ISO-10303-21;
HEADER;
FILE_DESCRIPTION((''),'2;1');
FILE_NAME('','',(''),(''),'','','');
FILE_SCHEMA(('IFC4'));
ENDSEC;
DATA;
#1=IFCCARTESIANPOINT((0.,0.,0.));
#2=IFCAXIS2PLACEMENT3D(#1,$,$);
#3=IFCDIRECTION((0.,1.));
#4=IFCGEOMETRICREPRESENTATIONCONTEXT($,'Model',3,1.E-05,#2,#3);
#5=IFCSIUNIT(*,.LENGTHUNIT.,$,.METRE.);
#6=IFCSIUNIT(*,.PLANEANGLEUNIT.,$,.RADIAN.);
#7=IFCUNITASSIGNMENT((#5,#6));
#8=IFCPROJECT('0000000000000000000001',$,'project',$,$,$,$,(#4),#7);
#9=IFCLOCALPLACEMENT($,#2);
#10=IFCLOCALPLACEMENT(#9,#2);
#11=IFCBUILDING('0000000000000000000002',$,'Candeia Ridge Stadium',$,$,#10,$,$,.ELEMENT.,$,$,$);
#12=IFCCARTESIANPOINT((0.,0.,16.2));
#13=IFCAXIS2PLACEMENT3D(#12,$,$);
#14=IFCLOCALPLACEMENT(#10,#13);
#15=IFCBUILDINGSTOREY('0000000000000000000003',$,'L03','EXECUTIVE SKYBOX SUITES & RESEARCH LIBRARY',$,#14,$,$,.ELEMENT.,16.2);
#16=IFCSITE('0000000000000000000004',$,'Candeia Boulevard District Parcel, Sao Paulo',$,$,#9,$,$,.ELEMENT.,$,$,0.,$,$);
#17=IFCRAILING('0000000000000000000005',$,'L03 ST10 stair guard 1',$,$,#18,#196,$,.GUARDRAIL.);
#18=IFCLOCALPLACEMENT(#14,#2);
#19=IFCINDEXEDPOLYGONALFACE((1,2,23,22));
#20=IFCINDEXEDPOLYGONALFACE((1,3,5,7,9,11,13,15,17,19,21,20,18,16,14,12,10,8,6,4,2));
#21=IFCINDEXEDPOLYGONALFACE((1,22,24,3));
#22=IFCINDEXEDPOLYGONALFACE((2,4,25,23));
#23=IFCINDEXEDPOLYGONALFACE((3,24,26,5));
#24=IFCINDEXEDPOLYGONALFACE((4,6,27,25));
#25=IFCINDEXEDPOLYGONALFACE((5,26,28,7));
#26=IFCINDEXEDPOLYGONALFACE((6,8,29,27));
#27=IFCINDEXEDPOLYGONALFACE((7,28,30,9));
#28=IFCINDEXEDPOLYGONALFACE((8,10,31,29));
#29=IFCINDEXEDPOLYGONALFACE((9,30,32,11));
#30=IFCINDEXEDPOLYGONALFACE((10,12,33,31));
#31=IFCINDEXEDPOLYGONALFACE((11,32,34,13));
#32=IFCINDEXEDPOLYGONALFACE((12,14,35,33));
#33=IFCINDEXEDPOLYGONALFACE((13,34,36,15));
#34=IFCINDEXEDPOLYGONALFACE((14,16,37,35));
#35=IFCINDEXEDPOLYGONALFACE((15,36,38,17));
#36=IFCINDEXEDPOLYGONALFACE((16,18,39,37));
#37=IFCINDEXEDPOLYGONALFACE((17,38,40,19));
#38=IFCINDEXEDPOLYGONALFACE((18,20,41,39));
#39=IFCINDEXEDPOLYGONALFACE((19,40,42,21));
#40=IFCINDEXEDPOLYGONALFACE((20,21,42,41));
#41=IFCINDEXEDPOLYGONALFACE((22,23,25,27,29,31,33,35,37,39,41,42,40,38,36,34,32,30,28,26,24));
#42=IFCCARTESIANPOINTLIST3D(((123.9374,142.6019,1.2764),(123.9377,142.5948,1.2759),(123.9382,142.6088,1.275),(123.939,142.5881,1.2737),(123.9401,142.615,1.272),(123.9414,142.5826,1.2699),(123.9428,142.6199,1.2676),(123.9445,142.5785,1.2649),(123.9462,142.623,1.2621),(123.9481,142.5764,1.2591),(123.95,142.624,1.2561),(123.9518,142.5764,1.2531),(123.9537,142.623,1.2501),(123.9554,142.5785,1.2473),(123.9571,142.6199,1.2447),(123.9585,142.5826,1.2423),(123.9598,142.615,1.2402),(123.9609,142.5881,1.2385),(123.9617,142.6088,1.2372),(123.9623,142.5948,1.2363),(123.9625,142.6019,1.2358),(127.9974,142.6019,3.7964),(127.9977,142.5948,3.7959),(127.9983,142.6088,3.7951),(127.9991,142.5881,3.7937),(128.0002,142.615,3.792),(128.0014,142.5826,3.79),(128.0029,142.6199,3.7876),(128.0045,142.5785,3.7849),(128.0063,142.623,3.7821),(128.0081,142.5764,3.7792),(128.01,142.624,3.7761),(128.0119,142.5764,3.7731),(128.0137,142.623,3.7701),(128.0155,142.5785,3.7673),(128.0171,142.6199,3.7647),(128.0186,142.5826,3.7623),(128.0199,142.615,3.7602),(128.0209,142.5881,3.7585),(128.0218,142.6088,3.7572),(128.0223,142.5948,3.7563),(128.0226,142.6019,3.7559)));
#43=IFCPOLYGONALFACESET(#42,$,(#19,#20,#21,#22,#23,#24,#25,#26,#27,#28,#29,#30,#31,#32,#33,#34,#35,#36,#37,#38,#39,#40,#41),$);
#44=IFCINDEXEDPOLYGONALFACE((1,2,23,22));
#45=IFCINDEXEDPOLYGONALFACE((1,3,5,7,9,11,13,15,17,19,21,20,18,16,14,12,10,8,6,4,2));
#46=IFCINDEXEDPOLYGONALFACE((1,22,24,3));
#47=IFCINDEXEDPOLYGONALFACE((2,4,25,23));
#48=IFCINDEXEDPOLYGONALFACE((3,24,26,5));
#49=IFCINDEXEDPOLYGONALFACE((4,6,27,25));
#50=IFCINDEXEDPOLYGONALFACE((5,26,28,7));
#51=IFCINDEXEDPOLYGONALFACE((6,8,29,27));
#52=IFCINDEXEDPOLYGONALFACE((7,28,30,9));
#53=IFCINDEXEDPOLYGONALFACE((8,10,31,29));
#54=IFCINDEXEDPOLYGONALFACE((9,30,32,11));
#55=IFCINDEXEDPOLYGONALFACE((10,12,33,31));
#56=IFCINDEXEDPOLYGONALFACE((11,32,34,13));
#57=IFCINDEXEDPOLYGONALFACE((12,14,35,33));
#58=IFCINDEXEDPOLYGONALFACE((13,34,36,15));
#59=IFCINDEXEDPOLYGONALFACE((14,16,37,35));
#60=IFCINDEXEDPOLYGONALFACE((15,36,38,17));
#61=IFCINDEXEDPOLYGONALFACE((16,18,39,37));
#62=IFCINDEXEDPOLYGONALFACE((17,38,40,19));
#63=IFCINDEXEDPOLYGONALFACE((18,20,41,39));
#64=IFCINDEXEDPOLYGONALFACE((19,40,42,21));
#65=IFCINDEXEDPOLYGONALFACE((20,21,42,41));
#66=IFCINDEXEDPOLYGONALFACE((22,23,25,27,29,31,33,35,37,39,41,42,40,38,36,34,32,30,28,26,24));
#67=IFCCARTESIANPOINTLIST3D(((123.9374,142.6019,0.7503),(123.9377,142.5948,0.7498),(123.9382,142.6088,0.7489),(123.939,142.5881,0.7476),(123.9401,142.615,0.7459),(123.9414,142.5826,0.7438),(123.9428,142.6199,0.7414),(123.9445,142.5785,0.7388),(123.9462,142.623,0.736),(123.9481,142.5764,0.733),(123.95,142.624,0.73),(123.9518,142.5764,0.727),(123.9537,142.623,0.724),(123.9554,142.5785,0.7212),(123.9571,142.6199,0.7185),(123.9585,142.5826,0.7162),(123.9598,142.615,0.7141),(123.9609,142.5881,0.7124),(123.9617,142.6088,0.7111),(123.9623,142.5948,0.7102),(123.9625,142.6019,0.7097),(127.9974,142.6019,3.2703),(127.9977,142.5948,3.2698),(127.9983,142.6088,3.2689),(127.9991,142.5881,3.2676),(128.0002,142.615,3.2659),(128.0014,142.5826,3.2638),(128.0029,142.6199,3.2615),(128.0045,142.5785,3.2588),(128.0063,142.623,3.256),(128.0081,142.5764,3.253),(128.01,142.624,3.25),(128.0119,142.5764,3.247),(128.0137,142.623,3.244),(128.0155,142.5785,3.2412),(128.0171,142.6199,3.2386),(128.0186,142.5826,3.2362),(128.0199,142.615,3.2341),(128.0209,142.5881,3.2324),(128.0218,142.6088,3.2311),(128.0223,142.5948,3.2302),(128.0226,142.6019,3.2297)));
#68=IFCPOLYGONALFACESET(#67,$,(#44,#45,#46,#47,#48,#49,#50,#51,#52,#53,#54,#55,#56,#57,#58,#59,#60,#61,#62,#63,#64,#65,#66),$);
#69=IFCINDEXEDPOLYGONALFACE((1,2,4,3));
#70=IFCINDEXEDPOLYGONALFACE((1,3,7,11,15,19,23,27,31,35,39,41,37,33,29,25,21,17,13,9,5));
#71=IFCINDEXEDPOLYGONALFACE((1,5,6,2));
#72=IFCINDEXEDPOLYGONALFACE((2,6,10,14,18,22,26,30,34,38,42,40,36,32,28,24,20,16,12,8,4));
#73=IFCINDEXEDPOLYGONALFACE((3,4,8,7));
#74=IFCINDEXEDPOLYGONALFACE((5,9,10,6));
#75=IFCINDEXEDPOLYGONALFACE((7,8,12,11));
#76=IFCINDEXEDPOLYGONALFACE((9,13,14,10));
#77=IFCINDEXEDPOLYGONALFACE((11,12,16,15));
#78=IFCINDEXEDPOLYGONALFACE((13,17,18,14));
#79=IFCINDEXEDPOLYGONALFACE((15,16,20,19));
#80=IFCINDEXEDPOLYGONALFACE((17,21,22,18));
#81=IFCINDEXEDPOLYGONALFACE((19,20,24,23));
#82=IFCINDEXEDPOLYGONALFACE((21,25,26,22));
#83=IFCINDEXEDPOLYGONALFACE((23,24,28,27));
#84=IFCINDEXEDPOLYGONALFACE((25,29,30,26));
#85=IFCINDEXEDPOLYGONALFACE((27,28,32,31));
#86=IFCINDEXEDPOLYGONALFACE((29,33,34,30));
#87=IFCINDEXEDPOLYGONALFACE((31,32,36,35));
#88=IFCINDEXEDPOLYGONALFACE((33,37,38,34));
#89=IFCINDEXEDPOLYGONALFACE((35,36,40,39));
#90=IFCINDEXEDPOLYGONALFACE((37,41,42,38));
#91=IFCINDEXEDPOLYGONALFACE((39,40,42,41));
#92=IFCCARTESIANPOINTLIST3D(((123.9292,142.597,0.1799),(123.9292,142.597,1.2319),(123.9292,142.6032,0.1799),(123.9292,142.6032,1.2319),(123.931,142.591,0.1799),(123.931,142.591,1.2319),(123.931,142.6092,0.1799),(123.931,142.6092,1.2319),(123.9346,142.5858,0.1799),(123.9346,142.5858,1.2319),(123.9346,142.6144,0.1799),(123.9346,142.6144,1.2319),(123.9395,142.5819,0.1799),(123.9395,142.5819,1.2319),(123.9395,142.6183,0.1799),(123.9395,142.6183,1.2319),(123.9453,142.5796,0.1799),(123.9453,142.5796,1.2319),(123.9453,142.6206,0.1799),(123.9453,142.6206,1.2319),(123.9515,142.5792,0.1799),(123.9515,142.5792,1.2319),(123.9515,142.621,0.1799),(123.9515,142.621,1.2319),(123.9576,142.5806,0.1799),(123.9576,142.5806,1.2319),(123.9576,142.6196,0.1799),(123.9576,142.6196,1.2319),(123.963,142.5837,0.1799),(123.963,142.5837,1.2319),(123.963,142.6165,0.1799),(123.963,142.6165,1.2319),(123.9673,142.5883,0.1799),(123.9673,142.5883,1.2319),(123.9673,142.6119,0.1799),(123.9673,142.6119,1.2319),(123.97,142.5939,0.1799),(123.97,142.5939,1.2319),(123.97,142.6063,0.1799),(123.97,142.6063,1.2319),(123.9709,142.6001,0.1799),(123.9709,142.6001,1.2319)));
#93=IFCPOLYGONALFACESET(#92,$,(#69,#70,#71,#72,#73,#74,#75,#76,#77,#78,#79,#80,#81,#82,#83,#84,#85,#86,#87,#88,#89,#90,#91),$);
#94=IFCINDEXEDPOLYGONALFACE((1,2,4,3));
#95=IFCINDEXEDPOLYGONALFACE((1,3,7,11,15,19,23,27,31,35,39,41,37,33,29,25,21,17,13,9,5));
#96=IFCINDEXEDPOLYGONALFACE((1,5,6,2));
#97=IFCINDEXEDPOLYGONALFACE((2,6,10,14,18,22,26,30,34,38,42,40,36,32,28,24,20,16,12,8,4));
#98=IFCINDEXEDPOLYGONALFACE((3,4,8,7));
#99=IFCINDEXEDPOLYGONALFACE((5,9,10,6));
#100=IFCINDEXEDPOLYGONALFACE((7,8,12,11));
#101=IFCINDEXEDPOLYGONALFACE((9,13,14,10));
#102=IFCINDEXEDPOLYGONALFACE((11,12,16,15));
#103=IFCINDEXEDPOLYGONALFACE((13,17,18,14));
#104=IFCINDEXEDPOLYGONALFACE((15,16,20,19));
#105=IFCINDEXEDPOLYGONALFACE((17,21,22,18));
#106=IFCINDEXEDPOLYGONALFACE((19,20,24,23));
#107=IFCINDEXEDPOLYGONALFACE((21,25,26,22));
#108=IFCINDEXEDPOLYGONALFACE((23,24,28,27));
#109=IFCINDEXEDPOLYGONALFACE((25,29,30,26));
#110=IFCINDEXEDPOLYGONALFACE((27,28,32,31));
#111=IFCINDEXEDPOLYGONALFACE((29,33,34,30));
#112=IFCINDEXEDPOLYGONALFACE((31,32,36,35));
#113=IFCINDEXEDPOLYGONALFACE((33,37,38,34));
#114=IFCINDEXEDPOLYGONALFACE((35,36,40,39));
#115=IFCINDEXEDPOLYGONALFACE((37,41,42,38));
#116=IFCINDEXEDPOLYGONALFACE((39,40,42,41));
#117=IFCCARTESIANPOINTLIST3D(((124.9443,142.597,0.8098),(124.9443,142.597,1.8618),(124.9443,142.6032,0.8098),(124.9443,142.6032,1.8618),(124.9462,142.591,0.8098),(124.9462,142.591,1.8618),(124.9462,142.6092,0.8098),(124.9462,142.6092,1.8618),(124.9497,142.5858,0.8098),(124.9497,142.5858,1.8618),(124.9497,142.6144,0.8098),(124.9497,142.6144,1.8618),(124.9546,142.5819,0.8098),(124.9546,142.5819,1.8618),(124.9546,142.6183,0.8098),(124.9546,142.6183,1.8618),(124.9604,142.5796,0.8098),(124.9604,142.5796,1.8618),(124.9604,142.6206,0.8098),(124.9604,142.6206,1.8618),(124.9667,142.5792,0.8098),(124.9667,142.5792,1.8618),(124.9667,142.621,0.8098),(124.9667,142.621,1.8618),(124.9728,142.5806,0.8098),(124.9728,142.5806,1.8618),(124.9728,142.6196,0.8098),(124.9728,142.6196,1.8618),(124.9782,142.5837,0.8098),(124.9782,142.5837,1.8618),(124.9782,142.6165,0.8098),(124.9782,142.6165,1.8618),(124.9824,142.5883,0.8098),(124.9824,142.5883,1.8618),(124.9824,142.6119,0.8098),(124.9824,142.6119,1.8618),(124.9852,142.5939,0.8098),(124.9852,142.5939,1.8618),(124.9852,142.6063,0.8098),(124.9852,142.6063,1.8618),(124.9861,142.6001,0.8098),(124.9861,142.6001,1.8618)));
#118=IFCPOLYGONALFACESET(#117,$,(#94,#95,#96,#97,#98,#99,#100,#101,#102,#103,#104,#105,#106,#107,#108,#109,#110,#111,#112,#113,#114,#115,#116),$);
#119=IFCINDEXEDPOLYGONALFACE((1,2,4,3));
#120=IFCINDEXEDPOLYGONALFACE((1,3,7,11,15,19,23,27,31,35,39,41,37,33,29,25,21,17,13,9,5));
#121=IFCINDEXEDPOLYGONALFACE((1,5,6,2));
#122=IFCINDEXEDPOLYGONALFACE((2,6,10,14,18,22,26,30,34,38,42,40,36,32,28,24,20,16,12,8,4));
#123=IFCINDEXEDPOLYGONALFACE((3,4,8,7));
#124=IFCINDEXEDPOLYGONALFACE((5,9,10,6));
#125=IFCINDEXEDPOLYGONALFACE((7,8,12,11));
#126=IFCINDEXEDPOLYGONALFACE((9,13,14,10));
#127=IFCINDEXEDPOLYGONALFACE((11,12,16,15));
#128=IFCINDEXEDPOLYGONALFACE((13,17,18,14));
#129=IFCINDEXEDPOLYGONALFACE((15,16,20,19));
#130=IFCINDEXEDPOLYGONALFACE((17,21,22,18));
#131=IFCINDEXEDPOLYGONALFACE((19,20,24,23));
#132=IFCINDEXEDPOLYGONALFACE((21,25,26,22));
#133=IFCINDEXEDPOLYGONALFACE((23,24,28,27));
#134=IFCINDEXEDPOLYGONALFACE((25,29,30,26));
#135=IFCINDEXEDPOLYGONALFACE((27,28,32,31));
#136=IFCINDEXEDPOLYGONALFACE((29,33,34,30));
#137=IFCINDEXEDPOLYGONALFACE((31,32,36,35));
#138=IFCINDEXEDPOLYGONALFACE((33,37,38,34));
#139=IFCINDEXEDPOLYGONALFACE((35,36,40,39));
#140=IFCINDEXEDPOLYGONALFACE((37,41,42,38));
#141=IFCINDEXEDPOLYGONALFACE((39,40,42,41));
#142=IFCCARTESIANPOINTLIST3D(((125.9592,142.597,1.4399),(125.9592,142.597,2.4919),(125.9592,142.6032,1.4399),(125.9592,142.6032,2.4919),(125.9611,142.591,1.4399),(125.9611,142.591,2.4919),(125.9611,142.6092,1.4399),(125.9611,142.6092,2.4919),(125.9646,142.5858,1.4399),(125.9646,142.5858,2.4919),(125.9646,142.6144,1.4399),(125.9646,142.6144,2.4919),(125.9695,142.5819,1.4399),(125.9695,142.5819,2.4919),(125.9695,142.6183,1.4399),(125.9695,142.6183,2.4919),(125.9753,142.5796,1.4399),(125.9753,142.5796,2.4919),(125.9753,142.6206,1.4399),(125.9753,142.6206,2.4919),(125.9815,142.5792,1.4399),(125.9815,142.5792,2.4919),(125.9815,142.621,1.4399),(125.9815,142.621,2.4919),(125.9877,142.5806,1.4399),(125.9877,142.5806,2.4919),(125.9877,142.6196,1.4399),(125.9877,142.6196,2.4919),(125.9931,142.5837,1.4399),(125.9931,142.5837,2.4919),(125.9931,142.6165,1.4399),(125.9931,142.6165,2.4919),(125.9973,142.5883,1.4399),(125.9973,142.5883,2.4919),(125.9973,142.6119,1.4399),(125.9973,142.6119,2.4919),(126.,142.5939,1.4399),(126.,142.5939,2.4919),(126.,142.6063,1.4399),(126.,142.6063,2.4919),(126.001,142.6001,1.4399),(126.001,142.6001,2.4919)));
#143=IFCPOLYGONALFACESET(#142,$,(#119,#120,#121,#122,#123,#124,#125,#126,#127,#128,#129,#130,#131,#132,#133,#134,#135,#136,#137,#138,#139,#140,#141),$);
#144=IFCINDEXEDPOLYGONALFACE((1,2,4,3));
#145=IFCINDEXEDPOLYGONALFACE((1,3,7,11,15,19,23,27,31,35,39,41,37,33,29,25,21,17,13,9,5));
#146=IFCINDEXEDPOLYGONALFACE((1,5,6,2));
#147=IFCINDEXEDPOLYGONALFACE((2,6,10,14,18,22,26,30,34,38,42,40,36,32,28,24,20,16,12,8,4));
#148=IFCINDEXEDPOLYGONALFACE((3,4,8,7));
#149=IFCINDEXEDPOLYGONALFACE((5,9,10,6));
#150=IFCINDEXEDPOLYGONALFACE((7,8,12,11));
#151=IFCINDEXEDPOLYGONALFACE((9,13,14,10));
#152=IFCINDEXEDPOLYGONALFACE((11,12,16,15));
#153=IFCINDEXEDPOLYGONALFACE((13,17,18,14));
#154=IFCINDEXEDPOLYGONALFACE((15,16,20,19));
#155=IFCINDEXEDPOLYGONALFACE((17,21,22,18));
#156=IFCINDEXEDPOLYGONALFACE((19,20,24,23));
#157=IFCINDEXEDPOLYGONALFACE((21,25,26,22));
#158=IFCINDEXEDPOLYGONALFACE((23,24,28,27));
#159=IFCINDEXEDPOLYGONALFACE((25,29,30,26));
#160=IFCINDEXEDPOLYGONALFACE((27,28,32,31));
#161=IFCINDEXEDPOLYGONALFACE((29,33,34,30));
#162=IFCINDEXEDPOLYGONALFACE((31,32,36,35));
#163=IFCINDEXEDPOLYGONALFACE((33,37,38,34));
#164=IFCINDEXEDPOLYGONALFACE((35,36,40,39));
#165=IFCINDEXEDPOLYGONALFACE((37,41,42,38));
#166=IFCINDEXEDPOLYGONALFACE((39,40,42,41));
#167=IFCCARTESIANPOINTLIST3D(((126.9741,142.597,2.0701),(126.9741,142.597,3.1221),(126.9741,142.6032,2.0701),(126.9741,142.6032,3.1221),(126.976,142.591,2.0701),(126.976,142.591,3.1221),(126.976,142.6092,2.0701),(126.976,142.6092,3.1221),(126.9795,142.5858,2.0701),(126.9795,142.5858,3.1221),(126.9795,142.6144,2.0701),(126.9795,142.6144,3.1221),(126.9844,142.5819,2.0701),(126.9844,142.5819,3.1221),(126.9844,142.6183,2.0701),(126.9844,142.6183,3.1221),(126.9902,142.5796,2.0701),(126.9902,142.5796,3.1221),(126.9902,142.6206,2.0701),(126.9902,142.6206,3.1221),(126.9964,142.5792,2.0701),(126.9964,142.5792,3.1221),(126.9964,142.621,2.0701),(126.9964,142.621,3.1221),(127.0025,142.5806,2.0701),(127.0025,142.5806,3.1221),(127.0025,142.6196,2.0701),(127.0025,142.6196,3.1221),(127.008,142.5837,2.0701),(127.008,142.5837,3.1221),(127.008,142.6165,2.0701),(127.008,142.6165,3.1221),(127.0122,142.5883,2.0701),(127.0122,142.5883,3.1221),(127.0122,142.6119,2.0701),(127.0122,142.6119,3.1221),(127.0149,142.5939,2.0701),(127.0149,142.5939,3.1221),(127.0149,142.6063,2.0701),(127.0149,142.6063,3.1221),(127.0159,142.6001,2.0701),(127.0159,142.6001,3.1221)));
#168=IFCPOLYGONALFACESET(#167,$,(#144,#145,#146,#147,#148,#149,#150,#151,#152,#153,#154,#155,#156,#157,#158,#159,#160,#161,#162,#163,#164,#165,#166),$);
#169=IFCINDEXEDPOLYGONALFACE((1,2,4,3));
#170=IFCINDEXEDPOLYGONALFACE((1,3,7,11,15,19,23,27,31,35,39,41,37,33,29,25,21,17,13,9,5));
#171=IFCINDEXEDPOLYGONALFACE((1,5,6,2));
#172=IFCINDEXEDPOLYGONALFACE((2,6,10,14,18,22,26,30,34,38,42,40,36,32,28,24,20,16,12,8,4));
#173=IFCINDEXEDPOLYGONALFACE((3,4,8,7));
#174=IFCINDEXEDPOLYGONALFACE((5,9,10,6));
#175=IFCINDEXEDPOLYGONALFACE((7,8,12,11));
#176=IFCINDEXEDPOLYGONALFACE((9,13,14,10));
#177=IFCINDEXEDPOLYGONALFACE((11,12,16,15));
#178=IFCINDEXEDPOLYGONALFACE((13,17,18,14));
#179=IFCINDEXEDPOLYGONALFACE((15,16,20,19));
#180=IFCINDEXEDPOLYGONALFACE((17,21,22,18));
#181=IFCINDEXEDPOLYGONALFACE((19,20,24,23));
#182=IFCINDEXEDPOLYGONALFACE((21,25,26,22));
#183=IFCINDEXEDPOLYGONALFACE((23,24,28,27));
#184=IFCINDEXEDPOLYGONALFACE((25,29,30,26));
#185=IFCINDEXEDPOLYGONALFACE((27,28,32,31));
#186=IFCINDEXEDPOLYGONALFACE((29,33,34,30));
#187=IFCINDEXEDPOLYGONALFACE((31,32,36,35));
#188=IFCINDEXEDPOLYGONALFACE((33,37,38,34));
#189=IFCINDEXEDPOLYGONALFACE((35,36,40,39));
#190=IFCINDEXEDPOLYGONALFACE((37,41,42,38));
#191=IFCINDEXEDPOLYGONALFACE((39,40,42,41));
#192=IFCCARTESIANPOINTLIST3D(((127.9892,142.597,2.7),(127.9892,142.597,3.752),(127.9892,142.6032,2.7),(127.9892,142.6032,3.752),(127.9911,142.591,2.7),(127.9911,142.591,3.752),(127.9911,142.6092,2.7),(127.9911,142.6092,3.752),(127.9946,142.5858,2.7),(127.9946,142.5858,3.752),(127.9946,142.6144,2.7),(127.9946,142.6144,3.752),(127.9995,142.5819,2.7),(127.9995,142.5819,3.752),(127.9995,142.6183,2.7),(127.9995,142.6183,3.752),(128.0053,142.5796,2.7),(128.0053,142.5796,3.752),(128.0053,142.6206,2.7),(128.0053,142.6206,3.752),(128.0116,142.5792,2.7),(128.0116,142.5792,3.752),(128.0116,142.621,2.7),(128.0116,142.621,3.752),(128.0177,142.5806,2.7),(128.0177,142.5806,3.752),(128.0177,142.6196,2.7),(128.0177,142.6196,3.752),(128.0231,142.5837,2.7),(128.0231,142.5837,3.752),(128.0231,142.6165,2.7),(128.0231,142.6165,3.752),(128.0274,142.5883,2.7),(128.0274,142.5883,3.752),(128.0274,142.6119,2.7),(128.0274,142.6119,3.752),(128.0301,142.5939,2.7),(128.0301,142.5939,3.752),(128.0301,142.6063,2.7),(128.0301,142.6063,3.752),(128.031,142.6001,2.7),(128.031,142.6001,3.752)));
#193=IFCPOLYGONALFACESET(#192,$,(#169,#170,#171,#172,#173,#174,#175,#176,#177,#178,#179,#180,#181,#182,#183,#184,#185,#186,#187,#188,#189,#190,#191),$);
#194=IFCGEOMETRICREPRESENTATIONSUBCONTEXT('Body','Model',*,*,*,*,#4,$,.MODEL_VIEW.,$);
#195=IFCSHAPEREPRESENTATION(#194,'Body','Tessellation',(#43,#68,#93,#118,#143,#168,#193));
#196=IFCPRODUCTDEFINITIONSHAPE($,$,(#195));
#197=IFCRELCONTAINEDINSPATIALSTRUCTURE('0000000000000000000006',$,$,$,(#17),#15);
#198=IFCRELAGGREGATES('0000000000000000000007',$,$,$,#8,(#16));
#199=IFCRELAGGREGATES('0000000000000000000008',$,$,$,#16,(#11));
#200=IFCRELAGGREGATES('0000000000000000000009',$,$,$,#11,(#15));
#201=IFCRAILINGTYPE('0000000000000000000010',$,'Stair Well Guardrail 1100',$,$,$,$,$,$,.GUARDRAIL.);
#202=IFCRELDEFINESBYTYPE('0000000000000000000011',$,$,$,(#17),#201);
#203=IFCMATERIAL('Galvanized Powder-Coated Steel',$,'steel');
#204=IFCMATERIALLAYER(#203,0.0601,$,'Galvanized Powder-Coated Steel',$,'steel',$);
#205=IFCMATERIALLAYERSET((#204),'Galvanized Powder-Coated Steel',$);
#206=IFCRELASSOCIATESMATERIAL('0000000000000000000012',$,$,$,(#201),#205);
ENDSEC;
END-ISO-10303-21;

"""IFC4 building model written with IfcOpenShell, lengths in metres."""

from ifc_helpers import new_model, si_unit, direction, frame, origin, origin_2d, place, context, subcontext, project, spatial, circle, extrude, material, layer, layer_set, type_object, element, save


model = new_model("IFC4")

# Units and contexts
model_context = context("Model", 3, precision=1e-05, world=origin(), true_north=direction((0.0, 1.0)))
body_context = subcontext(model_context, "Body", "Model", "MODEL_VIEW")
ifc_project = project(units=[si_unit("LENGTHUNIT", "METRE"), si_unit("PLANEANGLEUNIT", "RADIAN")], contexts=[model_context])

# Site, building, storey
site_placement = place(None, origin())
site = spatial("IfcSite", under=ifc_project, at=site_placement, Name="Candeia Boulevard District Parcel, Sao Paulo", CompositionType="ELEMENT", RefElevation=0.0)
building_placement = place(site_placement, origin())
building = spatial("IfcBuilding", under=site, at=building_placement, Name="Candeia Ridge Stadium", CompositionType="ELEMENT")
storey_placement = place(building_placement, frame((0.0, 0.0, 16.2)))
storey = spatial("IfcBuildingStorey", under=building, at=storey_placement, Name="L03", Description="EXECUTIVE SKYBOX SUITES & RESEARCH LIBRARY", CompositionType="ELEMENT", Elevation=16.2)

# Railing
ifc_material_1 = material(Name="Galvanized Powder-Coated Steel", Category="steel")
ifc_layer_1 = layer(ifc_material_1, 0.0601, Name="Galvanized Powder-Coated Steel", Category="steel")
ifc_layer_set_1 = layer_set([ifc_layer_1], Name="Galvanized Powder-Coated Steel")
railing_type_1 = type_object("IfcRailingType", Name="Stair Well Guardrail 1100", PredefinedType="GUARDRAIL", material=ifc_layer_set_1)
railing_1_placement = place(storey_placement, frame((123.95, 142.6001, 0.1799)))
element("IfcRailing", 1, at=railing_1_placement, inside=storey, type_object=railing_type_1, Name="L03 ST10 stair guard 1", PredefinedType="GUARDRAIL", context=body_context, shape_type="SweptSolid", body=[
    extrude(circle(Radius=0.0239, at=origin_2d()), frame((0.0, 0.0, 1.0762), z_axis=(0.849642, 0.0, 0.52736), x_axis=(0.0, 1.0, 0.0)), (0.0, 0.0, 1.0), 4.7786),
    extrude(circle(Radius=0.0239, at=origin_2d()), frame((0.0, 0.0, 0.55), z_axis=(0.849642, 0.0, 0.52736), x_axis=(0.0, 1.0, 0.0)), (0.0, 0.0, 1.0), 4.7786),
    extrude(circle(Radius=0.021, at=origin_2d()), origin(), (0.0, 0.0, 1.0), 1.052),
    extrude(circle(Radius=0.021, at=origin_2d()), frame((1.0151, 0.0, 0.6299)), (0.0, 0.0, 1.0), 1.052),
    extrude(circle(Radius=0.021, at=origin_2d()), frame((2.03, 0.0, 1.26)), (0.0, 0.0, 1.0), 1.052),
    extrude(circle(Radius=0.021, at=origin_2d()), frame((3.0449, 0.0, 1.8901)), (0.0, 0.0, 1.0), 1.052),
    extrude(circle(Radius=0.021, at=origin_2d()), frame((4.0601, 0.0, 2.52)), (0.0, 0.0, 1.0), 1.052),
])

save(model, "model.ifc")
